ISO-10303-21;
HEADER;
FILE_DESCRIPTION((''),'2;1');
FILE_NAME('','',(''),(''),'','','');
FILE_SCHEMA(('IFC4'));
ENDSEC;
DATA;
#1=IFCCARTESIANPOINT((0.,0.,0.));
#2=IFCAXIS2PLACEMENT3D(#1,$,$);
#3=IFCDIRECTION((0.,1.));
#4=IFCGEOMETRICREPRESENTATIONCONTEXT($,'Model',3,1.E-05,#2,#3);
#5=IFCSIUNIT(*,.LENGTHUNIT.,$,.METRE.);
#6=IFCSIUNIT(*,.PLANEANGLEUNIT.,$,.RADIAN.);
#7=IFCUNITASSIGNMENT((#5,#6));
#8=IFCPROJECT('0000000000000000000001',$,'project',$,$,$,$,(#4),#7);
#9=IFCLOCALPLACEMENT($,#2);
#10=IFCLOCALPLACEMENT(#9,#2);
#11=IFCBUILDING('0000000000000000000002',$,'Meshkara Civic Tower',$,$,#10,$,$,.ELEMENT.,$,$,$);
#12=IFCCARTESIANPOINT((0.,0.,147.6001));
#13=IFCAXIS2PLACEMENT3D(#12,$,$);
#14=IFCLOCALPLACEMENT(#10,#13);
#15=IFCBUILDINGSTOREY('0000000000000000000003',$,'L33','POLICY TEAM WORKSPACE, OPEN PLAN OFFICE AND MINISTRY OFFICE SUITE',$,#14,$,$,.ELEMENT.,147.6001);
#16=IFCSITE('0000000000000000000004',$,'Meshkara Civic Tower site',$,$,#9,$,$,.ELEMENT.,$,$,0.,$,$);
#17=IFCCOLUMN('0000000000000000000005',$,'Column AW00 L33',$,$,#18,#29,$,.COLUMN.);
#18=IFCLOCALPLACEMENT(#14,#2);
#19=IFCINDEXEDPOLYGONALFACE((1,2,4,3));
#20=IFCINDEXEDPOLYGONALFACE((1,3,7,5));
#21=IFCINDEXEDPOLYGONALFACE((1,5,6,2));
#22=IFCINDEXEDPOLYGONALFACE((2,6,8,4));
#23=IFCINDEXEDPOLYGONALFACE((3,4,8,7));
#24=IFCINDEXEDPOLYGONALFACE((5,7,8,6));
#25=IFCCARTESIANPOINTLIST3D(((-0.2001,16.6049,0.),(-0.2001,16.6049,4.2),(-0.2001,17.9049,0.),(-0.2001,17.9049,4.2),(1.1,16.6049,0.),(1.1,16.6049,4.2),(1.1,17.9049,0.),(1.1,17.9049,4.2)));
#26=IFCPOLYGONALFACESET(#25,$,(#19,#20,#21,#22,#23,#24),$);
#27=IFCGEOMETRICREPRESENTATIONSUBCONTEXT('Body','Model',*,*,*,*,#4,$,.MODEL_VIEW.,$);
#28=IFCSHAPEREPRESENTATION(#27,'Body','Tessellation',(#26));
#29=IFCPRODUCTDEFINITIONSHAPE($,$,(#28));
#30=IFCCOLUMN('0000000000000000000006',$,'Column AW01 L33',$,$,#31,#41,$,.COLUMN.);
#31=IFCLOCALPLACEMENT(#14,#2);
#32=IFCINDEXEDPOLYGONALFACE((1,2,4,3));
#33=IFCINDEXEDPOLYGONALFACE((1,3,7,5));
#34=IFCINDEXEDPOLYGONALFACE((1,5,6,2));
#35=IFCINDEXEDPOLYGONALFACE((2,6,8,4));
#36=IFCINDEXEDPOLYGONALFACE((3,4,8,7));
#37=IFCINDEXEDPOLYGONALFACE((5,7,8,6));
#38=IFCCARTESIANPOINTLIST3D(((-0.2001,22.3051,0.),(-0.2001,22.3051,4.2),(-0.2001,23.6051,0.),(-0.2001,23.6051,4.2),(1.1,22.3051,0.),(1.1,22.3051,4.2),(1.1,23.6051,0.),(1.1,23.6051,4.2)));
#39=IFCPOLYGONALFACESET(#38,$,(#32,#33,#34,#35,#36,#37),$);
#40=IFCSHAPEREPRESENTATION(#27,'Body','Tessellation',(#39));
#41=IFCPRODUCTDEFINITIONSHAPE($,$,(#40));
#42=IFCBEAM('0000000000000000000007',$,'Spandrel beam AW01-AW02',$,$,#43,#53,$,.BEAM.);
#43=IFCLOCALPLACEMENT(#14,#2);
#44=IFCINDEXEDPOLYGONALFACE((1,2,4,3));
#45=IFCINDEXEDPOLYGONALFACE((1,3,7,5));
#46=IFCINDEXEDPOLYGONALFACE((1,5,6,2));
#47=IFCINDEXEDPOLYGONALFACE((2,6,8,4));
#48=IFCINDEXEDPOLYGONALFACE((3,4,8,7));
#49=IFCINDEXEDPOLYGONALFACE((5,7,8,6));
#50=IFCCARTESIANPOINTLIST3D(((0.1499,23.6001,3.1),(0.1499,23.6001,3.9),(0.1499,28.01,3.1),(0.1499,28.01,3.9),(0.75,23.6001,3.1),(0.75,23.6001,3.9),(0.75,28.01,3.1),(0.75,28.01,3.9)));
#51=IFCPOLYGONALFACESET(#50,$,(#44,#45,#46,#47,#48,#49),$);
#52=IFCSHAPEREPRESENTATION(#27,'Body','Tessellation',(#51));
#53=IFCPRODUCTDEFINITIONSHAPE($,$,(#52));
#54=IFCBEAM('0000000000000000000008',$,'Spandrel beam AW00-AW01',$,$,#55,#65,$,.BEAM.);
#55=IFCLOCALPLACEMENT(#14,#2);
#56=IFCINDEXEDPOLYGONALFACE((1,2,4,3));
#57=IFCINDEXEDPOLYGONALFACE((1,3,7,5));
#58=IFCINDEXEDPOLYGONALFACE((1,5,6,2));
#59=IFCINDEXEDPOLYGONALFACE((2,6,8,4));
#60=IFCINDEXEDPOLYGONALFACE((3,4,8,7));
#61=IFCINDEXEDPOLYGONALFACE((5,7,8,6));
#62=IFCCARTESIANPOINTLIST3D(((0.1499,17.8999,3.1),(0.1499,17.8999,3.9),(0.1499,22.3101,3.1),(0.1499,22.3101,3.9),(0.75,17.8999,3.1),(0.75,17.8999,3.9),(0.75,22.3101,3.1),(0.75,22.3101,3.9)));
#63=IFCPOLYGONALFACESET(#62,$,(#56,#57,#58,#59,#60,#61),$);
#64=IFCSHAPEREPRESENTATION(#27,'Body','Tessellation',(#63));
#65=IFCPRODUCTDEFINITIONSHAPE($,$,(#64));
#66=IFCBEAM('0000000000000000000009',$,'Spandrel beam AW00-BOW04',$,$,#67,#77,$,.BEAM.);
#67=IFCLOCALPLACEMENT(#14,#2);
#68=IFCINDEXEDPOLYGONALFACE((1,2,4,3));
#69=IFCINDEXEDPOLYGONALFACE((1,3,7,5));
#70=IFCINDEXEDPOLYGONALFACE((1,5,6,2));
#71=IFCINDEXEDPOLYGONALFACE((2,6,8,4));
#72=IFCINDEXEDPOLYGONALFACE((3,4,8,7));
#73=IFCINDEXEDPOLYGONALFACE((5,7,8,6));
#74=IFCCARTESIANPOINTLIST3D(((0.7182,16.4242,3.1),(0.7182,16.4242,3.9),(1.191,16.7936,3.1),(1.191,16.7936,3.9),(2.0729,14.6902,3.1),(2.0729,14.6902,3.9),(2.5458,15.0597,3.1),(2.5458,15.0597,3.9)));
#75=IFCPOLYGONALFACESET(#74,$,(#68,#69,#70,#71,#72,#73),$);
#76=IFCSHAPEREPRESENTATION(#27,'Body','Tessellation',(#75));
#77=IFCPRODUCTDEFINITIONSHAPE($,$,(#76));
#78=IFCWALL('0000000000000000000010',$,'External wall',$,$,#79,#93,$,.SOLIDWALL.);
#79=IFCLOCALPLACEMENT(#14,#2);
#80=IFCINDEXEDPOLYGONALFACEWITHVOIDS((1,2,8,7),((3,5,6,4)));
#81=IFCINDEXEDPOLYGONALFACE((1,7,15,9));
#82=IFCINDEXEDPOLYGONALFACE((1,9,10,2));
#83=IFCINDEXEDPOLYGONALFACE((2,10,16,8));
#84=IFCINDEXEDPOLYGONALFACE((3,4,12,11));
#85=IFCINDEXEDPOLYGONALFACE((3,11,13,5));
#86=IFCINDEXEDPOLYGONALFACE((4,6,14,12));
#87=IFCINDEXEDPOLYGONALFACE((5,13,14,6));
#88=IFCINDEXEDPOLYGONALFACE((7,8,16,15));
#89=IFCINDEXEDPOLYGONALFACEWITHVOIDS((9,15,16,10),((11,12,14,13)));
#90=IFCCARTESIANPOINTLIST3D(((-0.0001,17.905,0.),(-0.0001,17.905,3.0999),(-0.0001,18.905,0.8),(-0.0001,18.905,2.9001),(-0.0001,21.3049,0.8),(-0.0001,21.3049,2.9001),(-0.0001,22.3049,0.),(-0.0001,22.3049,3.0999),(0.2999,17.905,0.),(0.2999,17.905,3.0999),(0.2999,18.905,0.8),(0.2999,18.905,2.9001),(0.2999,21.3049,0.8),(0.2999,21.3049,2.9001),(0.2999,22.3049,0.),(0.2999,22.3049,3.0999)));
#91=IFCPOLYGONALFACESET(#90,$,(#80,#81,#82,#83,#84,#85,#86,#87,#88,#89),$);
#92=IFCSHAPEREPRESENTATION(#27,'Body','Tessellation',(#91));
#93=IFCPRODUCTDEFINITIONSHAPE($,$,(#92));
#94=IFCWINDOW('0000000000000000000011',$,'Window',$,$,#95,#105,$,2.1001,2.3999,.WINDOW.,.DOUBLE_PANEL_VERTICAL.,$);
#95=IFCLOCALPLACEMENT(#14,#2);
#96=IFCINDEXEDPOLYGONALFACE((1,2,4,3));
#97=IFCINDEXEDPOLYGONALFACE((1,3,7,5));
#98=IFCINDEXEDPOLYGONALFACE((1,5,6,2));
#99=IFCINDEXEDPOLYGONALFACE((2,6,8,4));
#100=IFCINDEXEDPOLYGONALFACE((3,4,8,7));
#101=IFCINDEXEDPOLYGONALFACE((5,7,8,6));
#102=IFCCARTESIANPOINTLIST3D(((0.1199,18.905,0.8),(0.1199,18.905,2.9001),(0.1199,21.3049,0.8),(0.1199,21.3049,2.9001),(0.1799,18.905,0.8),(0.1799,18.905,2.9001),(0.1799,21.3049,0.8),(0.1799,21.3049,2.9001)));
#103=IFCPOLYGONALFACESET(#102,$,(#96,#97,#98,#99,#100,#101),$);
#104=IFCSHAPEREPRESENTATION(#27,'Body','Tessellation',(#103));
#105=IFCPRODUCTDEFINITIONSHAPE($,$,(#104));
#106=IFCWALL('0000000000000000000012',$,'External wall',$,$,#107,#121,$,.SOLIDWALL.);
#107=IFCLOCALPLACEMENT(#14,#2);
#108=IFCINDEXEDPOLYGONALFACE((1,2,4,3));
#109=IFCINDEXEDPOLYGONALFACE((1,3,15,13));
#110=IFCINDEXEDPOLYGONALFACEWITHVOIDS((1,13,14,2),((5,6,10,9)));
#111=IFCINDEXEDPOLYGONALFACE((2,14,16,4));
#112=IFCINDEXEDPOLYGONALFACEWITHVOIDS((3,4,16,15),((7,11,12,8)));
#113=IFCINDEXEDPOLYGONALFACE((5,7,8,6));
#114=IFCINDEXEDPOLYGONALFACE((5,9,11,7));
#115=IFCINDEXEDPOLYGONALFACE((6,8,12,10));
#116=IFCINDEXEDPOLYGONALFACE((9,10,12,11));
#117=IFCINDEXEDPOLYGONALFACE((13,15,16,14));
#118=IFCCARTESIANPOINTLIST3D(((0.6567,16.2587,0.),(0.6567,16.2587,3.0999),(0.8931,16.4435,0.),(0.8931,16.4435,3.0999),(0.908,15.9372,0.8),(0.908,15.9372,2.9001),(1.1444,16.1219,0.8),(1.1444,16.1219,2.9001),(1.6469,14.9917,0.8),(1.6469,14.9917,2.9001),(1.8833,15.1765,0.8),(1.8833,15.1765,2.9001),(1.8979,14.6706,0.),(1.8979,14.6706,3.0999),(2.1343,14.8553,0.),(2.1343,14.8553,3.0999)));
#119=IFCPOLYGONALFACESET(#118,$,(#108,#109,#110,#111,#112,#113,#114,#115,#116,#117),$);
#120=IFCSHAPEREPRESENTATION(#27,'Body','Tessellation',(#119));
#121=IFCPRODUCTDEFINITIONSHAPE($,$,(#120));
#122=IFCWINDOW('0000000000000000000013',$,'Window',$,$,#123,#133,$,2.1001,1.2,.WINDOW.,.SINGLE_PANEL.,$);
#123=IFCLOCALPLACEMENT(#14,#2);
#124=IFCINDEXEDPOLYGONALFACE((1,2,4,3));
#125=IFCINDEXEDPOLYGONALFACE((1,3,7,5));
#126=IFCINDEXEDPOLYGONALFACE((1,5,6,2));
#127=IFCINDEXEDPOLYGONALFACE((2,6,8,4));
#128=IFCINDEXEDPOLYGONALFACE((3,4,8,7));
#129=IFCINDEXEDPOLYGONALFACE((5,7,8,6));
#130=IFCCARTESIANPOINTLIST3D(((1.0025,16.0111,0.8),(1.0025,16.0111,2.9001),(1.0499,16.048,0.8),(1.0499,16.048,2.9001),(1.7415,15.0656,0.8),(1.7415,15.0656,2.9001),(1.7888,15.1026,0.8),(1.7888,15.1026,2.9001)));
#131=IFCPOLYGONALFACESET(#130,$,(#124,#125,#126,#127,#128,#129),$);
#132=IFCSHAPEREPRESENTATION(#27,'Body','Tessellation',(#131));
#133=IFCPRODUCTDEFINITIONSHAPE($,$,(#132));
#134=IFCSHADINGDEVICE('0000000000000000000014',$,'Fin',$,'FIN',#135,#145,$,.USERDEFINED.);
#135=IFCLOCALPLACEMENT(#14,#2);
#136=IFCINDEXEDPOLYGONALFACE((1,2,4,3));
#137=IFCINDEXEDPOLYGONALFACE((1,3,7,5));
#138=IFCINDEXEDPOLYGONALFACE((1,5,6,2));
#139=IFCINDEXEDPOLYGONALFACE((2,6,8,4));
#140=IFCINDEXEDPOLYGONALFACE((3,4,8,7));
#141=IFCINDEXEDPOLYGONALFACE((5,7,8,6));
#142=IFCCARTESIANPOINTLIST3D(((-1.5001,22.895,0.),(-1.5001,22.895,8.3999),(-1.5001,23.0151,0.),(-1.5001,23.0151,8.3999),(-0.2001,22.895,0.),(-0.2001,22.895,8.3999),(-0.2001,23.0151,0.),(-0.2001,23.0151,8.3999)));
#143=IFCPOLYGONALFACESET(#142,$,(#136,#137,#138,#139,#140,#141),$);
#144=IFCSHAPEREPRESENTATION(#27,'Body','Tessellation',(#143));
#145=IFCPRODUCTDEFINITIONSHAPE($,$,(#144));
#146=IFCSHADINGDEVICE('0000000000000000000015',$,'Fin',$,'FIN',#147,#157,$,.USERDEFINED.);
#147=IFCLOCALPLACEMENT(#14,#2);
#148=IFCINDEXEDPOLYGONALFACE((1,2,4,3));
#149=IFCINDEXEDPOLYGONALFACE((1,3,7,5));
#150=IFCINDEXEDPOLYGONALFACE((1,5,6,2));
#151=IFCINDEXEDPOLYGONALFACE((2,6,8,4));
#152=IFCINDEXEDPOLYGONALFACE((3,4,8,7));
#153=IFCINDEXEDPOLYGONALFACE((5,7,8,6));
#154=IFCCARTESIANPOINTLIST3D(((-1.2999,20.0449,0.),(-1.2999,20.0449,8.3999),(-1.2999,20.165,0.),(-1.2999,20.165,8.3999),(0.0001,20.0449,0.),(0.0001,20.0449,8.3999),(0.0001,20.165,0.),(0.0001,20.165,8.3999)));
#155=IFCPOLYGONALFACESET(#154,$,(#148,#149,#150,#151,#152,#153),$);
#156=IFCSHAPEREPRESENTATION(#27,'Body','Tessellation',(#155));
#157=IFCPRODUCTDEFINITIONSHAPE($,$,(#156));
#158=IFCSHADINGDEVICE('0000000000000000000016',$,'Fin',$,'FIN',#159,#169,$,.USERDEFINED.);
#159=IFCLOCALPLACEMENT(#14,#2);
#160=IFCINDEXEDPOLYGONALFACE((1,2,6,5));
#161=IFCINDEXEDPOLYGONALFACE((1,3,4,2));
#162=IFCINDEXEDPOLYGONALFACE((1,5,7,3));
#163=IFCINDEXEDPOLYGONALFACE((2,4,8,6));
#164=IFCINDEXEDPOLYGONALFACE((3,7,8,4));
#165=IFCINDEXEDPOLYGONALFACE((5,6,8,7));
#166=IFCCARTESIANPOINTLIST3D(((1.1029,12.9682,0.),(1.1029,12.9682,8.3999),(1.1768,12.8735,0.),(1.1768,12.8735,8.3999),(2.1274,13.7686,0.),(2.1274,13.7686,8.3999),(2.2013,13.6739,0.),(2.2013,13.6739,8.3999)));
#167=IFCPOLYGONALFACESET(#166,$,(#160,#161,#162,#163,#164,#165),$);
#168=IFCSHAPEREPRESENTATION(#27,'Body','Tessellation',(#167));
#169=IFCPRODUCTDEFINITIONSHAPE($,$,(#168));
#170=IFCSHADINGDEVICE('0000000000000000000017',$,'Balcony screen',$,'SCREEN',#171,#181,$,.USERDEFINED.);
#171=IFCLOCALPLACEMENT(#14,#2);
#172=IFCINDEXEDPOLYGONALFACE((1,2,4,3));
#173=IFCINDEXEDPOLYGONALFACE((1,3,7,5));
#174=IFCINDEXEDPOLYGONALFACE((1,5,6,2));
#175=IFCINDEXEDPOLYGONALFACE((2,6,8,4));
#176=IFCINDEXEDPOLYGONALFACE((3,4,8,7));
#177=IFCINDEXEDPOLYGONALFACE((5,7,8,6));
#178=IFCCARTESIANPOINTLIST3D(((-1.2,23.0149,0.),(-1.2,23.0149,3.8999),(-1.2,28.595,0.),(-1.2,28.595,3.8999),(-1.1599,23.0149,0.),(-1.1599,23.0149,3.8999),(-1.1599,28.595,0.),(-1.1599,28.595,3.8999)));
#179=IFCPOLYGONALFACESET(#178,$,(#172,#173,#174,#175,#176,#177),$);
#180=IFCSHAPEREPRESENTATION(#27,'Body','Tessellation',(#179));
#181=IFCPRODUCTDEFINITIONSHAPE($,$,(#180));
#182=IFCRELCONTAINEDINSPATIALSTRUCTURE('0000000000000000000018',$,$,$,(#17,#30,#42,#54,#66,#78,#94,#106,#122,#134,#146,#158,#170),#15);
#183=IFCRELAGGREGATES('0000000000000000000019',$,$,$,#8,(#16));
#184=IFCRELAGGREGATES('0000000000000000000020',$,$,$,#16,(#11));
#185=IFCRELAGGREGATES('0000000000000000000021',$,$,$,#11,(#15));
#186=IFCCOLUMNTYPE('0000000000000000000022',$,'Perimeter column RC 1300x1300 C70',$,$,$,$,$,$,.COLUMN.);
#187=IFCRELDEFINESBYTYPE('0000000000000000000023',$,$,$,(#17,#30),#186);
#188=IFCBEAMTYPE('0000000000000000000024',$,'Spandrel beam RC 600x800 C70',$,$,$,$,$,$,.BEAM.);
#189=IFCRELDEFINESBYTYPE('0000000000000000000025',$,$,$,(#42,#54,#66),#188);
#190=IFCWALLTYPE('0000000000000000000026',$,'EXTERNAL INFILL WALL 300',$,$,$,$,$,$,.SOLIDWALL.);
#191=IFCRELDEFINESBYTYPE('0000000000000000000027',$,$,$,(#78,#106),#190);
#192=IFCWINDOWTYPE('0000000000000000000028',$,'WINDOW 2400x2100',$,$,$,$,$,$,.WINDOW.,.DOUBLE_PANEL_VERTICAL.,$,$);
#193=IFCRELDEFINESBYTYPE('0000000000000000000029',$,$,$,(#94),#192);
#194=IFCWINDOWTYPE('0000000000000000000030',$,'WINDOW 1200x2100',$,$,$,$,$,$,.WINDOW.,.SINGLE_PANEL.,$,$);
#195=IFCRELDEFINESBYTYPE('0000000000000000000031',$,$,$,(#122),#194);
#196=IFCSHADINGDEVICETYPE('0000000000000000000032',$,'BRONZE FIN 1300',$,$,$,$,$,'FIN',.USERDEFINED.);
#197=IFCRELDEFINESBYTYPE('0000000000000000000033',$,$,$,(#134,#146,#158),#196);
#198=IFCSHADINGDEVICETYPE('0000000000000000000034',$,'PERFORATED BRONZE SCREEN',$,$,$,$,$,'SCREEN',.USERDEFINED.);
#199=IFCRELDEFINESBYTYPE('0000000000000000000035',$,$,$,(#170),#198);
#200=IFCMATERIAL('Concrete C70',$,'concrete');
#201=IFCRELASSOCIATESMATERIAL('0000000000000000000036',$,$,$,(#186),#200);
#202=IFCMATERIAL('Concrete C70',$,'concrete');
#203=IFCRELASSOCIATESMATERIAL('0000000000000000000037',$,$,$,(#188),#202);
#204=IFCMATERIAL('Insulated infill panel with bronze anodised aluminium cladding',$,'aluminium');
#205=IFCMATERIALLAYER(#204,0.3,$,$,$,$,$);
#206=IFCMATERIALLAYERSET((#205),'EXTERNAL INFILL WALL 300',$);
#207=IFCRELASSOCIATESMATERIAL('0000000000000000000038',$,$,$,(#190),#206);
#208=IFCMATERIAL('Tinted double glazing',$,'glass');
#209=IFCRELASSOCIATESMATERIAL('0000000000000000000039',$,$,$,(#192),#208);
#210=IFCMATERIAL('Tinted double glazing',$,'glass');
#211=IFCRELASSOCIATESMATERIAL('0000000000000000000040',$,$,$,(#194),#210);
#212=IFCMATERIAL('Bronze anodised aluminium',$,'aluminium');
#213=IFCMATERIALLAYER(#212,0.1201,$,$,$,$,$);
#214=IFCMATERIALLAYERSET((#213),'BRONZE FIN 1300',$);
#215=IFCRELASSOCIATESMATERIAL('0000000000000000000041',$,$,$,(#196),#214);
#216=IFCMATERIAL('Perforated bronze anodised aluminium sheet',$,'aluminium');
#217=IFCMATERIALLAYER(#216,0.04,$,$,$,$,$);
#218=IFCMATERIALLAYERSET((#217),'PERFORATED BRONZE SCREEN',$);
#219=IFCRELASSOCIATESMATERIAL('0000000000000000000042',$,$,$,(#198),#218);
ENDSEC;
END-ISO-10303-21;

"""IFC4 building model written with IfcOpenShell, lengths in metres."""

from ifc_helpers import new_model, si_unit, direction, frame, frame_2d, origin, origin_2d, place, context, subcontext, project, spatial, rectangle, extrude, material, layer, layer_set, material_profile, profile_set, type_object, element, fill, save


model = new_model("IFC4")

# Units and contexts
model_context = context("Model", 3, precision=1e-05, world=origin(), true_north=direction((0.0, 1.0)))
body_context = subcontext(model_context, "Body", "Model", "MODEL_VIEW")
ifc_project = project(units=[si_unit("LENGTHUNIT", "METRE"), si_unit("PLANEANGLEUNIT", "RADIAN")], contexts=[model_context])

# Site, building, storey
site_placement = place(None, origin())
site = spatial("IfcSite", under=ifc_project, at=site_placement, Name="Meshkara Civic Tower site", CompositionType="ELEMENT", RefElevation=0.0)
building_placement = place(site_placement, origin())
building = spatial("IfcBuilding", under=site, at=building_placement, Name="Meshkara Civic Tower", CompositionType="ELEMENT")
storey_placement = place(building_placement, frame((0.0, 0.0, 147.6001)))
storey = spatial("IfcBuildingStorey", under=building, at=storey_placement, Name="L33", Description="POLICY TEAM WORKSPACE, OPEN PLAN OFFICE AND MINISTRY OFFICE SUITE", CompositionType="ELEMENT", Elevation=147.6001)

# Columns
ifc_material_1 = material(Name="Concrete C70", Category="concrete")
ifc_material_profile_1 = material_profile(ifc_material_1, rectangle(XDim=1.3, YDim=1.3, at=origin_2d()))
ifc_profile_set_1 = profile_set([ifc_material_profile_1], Name="Concrete C70")
column_type = type_object("IfcColumnType", Name="Perimeter column RC 1300x1300 C70", PredefinedType="COLUMN", material=ifc_profile_set_1)
for number, where, z_axis, x_axis, name in (
    (1, (0.45, 17.2549, 0.0), (0.0, 0.0, 1.0), (1.0, 0.0, 0.0), "Column AW00 L33"),
    (2, (0.45, 22.9551, 0.0), (0.0, 0.0, 1.0), (1.0, 0.0, 0.0), "Column AW01 L33"),
):
    element("IfcColumn", number, at=place(storey_placement, frame(where, z_axis=z_axis, x_axis=x_axis)), inside=storey, type_object=column_type, Name=name, PredefinedType="COLUMN", context=body_context, shape_type="SweptSolid", body=[
        extrude(rectangle(XDim=1.3, YDim=1.3, at=origin_2d()), origin(), (0.0, 0.0, 1.0), 4.2),
    ])

# Beams
ifc_material_2 = material(Name="Concrete C70", Category="concrete")
ifc_material_profile_2 = material_profile(ifc_material_2, rectangle(XDim=0.6001, YDim=0.8, at=origin_2d()))
ifc_profile_set_2 = profile_set([ifc_material_profile_2], Name="Concrete C70")
beam_type = type_object("IfcBeamType", Name="Spandrel beam RC 600x800 C70", PredefinedType="BEAM", material=ifc_profile_set_2)
beam_1_placement = place(storey_placement, frame((0.45, 28.01, 3.5), z_axis=(0.0, -1.0, 0.0), x_axis=(1.0, 0.0, 0.0)))
element("IfcBeam", 3, at=beam_1_placement, inside=storey, type_object=beam_type, Name="Spandrel beam AW01-AW02", PredefinedType="BEAM", context=body_context, shape_type="SweptSolid", body=[
    extrude(rectangle(XDim=0.6001, YDim=0.8, at=origin_2d()), origin(), (0.0, 0.0, 1.0), 4.4099),
])
beam_2_placement = place(storey_placement, frame((0.45, 22.3101, 3.5), z_axis=(0.0, -1.0, 0.0), x_axis=(1.0, 0.0, 0.0)))
element("IfcBeam", 4, at=beam_2_placement, inside=storey, type_object=beam_type, Name="Spandrel beam AW00-AW01", PredefinedType="BEAM", context=body_context, shape_type="SweptSolid", body=[
    extrude(rectangle(XDim=0.6001, YDim=0.8, at=origin_2d()), origin(), (0.0, 0.0, 1.0), 4.4102),
])
beam_3_placement = place(storey_placement, frame((0.9546, 16.6089, 3.5), z_axis=(0.615683, -0.787994, 0.0), x_axis=(0.787994, 0.615683, 0.0)))
element("IfcBeam", 5, at=beam_3_placement, inside=storey, type_object=beam_type, Name="Spandrel beam AW00-BOW04", PredefinedType="BEAM", context=body_context, shape_type="SweptSolid", body=[
    extrude(rectangle(XDim=0.6001, YDim=0.8, at=origin_2d()), origin(), (0.0, 0.0, 1.0), 2.2004),
])

# Walls, openings, windows
ifc_material_3 = material(Name="Insulated infill panel with bronze anodised aluminium cladding", Category="aluminium")
ifc_layer_1 = layer(ifc_material_3, 0.3)
ifc_layer_set_1 = layer_set([ifc_layer_1], Name="EXTERNAL INFILL WALL 300")
wall_type_1 = type_object("IfcWallType", Name="EXTERNAL INFILL WALL 300", PredefinedType="SOLIDWALL", material=ifc_layer_set_1)
wall_1_placement = place(storey_placement, frame((0.1499, 22.3049, 0.0), z_axis=(0.0, 0.0, 1.0), x_axis=(0.0, -1.0, 0.0)))
wall_1 = element("IfcWall", 6, at=wall_1_placement, inside=storey, type_object=wall_type_1, Name="External wall", PredefinedType="SOLIDWALL", context=body_context, shape_type="SweptSolid", body=[
    extrude(rectangle(XDim=4.3999, YDim=0.3, at=frame_2d((2.2, 0.0))), origin(), (0.0, 0.0, 1.0), 3.0999),
])
opening_1_placement = place(wall_1_placement, frame((1.0, 0.0, 0.8)))
opening_1 = element("IfcOpeningElement", 7, at=opening_1_placement, cuts=wall_1, PredefinedType="OPENING", context=body_context, shape_type="SweptSolid", body=[
    extrude(rectangle(XDim=2.3999, YDim=2.1001, at=frame_2d((1.2, 1.05))), frame((0.0, 0.1599, 0.0), z_axis=(0.0, -1.0, 0.0), x_axis=(1.0, 0.0, 0.0)), (0.0, 0.0, 1.0), 0.3201),
])
ifc_material_4 = material(Name="Tinted double glazing", Category="glass")
window_type_1 = type_object("IfcWindowType", Name="WINDOW 2400x2100", PartitioningType="DOUBLE_PANEL_VERTICAL", PredefinedType="WINDOW", material=ifc_material_4)
window_1_placement = place(opening_1_placement, origin())
window_1 = element("IfcWindow", 8, at=window_1_placement, inside=storey, type_object=window_type_1, Name="Window", OverallHeight=2.1001, OverallWidth=2.3999, PartitioningType="DOUBLE_PANEL_VERTICAL", PredefinedType="WINDOW", context=body_context, shape_type="SweptSolid", body=[
    extrude(rectangle(XDim=2.3999, YDim=2.1001, at=frame_2d((1.2, 1.05))), frame((0.0, 0.03, 0.0), z_axis=(0.0, -1.0, 0.0), x_axis=(1.0, 0.0, 0.0)), (0.0, 0.0, 1.0), 0.0601),
])
fill(opening_1, window_1)
wall_2_placement = place(storey_placement, frame((0.7749, 16.3511, 0.0), z_axis=(0.0, 0.0, 1.0), x_axis=(0.615792, -0.787909, 0.0)))
wall_2 = element("IfcWall", 9, at=wall_2_placement, inside=storey, type_object=wall_type_1, Name="External wall", PredefinedType="SOLIDWALL", context=body_context, shape_type="SweptSolid", body=[
    extrude(rectangle(XDim=2.0156, YDim=0.3, at=frame_2d((1.0078, 0.0))), origin(), (0.0, 0.0, 1.0), 3.0999),
])
opening_2_placement = place(wall_2_placement, frame((0.408, 0.0, 0.8)))
opening_2 = element("IfcOpeningElement", 10, at=opening_2_placement, cuts=wall_2, PredefinedType="OPENING", context=body_context, shape_type="SweptSolid", body=[
    extrude(rectangle(XDim=1.2, YDim=2.1001, at=frame_2d((0.6001, 1.05))), frame((0.0, 0.1599, 0.0), z_axis=(0.0, -1.0, 0.0), x_axis=(1.0, 0.0, 0.0)), (0.0, 0.0, 1.0), 0.3201),
])
ifc_material_5 = material(Name="Tinted double glazing", Category="glass")
window_type_2 = type_object("IfcWindowType", Name="WINDOW 1200x2100", PartitioningType="SINGLE_PANEL", PredefinedType="WINDOW", material=ifc_material_5)
window_2_placement = place(opening_2_placement, origin())
window_2 = element("IfcWindow", 11, at=window_2_placement, inside=storey, type_object=window_type_2, Name="Window", OverallHeight=2.1001, OverallWidth=1.2, PartitioningType="SINGLE_PANEL", PredefinedType="WINDOW", context=body_context, shape_type="SweptSolid", body=[
    extrude(rectangle(XDim=1.2, YDim=2.1001, at=frame_2d((0.6001, 1.05))), frame((0.0, 0.03, 0.0), z_axis=(0.0, -1.0, 0.0), x_axis=(1.0, 0.0, 0.0)), (0.0, 0.0, 1.0), 0.0601),
])
fill(opening_2, window_2)

# Shading devices
ifc_material_6 = material(Name="Bronze anodised aluminium", Category="aluminium")
ifc_layer_2 = layer(ifc_material_6, 0.1201)
ifc_layer_set_2 = layer_set([ifc_layer_2], Name="BRONZE FIN 1300")
shading_device_type_1 = type_object("IfcShadingDeviceType", Name="BRONZE FIN 1300", ElementType="FIN", PredefinedType="USERDEFINED", material=ifc_layer_set_2)
for number, where, z_axis, x_axis, name in (
    (12, (-0.8501, 22.9551, 0.0), (0.0, 0.0, 1.0), (0.0, -1.0, 0.0), "Fin"),
    (13, (-0.6499, 20.105, 0.0), (0.0, 0.0, 1.0), (0.0, -1.0, 0.0), "Fin"),
    (14, (1.6521, 13.321, 0.0), (0.0, 0.0, 1.0), (0.615661, -0.788011, 0.0), "Fin"),
):
    element("IfcShadingDevice", number, at=place(storey_placement, frame(where, z_axis=z_axis, x_axis=x_axis)), inside=storey, type_object=shading_device_type_1, Name=name, ObjectType="FIN", PredefinedType="USERDEFINED", context=body_context, shape_type="SweptSolid", body=[
        extrude(rectangle(XDim=0.1201, YDim=1.3, at=origin_2d()), origin(), (0.0, 0.0, 1.0), 8.3999),
    ])
ifc_material_7 = material(Name="Perforated bronze anodised aluminium sheet", Category="aluminium")
ifc_layer_3 = layer(ifc_material_7, 0.04)
ifc_layer_set_3 = layer_set([ifc_layer_3], Name="PERFORATED BRONZE SCREEN")
shading_device_type_2 = type_object("IfcShadingDeviceType", Name="PERFORATED BRONZE SCREEN", ElementType="SCREEN", PredefinedType="USERDEFINED", material=ifc_layer_set_3)
shading_device_placement = place(storey_placement, frame((-1.1799, 25.8049, 0.0), z_axis=(0.0, 0.0, 1.0), x_axis=(0.0, -1.0, 0.0)))
element("IfcShadingDevice", 15, at=shading_device_placement, inside=storey, type_object=shading_device_type_2, Name="Balcony screen", ObjectType="SCREEN", PredefinedType="USERDEFINED", context=body_context, shape_type="SweptSolid", body=[
    extrude(rectangle(XDim=5.5801, YDim=0.04, at=origin_2d()), origin(), (0.0, 0.0, 1.0), 3.8999),
])

save(model, "model.ifc")
